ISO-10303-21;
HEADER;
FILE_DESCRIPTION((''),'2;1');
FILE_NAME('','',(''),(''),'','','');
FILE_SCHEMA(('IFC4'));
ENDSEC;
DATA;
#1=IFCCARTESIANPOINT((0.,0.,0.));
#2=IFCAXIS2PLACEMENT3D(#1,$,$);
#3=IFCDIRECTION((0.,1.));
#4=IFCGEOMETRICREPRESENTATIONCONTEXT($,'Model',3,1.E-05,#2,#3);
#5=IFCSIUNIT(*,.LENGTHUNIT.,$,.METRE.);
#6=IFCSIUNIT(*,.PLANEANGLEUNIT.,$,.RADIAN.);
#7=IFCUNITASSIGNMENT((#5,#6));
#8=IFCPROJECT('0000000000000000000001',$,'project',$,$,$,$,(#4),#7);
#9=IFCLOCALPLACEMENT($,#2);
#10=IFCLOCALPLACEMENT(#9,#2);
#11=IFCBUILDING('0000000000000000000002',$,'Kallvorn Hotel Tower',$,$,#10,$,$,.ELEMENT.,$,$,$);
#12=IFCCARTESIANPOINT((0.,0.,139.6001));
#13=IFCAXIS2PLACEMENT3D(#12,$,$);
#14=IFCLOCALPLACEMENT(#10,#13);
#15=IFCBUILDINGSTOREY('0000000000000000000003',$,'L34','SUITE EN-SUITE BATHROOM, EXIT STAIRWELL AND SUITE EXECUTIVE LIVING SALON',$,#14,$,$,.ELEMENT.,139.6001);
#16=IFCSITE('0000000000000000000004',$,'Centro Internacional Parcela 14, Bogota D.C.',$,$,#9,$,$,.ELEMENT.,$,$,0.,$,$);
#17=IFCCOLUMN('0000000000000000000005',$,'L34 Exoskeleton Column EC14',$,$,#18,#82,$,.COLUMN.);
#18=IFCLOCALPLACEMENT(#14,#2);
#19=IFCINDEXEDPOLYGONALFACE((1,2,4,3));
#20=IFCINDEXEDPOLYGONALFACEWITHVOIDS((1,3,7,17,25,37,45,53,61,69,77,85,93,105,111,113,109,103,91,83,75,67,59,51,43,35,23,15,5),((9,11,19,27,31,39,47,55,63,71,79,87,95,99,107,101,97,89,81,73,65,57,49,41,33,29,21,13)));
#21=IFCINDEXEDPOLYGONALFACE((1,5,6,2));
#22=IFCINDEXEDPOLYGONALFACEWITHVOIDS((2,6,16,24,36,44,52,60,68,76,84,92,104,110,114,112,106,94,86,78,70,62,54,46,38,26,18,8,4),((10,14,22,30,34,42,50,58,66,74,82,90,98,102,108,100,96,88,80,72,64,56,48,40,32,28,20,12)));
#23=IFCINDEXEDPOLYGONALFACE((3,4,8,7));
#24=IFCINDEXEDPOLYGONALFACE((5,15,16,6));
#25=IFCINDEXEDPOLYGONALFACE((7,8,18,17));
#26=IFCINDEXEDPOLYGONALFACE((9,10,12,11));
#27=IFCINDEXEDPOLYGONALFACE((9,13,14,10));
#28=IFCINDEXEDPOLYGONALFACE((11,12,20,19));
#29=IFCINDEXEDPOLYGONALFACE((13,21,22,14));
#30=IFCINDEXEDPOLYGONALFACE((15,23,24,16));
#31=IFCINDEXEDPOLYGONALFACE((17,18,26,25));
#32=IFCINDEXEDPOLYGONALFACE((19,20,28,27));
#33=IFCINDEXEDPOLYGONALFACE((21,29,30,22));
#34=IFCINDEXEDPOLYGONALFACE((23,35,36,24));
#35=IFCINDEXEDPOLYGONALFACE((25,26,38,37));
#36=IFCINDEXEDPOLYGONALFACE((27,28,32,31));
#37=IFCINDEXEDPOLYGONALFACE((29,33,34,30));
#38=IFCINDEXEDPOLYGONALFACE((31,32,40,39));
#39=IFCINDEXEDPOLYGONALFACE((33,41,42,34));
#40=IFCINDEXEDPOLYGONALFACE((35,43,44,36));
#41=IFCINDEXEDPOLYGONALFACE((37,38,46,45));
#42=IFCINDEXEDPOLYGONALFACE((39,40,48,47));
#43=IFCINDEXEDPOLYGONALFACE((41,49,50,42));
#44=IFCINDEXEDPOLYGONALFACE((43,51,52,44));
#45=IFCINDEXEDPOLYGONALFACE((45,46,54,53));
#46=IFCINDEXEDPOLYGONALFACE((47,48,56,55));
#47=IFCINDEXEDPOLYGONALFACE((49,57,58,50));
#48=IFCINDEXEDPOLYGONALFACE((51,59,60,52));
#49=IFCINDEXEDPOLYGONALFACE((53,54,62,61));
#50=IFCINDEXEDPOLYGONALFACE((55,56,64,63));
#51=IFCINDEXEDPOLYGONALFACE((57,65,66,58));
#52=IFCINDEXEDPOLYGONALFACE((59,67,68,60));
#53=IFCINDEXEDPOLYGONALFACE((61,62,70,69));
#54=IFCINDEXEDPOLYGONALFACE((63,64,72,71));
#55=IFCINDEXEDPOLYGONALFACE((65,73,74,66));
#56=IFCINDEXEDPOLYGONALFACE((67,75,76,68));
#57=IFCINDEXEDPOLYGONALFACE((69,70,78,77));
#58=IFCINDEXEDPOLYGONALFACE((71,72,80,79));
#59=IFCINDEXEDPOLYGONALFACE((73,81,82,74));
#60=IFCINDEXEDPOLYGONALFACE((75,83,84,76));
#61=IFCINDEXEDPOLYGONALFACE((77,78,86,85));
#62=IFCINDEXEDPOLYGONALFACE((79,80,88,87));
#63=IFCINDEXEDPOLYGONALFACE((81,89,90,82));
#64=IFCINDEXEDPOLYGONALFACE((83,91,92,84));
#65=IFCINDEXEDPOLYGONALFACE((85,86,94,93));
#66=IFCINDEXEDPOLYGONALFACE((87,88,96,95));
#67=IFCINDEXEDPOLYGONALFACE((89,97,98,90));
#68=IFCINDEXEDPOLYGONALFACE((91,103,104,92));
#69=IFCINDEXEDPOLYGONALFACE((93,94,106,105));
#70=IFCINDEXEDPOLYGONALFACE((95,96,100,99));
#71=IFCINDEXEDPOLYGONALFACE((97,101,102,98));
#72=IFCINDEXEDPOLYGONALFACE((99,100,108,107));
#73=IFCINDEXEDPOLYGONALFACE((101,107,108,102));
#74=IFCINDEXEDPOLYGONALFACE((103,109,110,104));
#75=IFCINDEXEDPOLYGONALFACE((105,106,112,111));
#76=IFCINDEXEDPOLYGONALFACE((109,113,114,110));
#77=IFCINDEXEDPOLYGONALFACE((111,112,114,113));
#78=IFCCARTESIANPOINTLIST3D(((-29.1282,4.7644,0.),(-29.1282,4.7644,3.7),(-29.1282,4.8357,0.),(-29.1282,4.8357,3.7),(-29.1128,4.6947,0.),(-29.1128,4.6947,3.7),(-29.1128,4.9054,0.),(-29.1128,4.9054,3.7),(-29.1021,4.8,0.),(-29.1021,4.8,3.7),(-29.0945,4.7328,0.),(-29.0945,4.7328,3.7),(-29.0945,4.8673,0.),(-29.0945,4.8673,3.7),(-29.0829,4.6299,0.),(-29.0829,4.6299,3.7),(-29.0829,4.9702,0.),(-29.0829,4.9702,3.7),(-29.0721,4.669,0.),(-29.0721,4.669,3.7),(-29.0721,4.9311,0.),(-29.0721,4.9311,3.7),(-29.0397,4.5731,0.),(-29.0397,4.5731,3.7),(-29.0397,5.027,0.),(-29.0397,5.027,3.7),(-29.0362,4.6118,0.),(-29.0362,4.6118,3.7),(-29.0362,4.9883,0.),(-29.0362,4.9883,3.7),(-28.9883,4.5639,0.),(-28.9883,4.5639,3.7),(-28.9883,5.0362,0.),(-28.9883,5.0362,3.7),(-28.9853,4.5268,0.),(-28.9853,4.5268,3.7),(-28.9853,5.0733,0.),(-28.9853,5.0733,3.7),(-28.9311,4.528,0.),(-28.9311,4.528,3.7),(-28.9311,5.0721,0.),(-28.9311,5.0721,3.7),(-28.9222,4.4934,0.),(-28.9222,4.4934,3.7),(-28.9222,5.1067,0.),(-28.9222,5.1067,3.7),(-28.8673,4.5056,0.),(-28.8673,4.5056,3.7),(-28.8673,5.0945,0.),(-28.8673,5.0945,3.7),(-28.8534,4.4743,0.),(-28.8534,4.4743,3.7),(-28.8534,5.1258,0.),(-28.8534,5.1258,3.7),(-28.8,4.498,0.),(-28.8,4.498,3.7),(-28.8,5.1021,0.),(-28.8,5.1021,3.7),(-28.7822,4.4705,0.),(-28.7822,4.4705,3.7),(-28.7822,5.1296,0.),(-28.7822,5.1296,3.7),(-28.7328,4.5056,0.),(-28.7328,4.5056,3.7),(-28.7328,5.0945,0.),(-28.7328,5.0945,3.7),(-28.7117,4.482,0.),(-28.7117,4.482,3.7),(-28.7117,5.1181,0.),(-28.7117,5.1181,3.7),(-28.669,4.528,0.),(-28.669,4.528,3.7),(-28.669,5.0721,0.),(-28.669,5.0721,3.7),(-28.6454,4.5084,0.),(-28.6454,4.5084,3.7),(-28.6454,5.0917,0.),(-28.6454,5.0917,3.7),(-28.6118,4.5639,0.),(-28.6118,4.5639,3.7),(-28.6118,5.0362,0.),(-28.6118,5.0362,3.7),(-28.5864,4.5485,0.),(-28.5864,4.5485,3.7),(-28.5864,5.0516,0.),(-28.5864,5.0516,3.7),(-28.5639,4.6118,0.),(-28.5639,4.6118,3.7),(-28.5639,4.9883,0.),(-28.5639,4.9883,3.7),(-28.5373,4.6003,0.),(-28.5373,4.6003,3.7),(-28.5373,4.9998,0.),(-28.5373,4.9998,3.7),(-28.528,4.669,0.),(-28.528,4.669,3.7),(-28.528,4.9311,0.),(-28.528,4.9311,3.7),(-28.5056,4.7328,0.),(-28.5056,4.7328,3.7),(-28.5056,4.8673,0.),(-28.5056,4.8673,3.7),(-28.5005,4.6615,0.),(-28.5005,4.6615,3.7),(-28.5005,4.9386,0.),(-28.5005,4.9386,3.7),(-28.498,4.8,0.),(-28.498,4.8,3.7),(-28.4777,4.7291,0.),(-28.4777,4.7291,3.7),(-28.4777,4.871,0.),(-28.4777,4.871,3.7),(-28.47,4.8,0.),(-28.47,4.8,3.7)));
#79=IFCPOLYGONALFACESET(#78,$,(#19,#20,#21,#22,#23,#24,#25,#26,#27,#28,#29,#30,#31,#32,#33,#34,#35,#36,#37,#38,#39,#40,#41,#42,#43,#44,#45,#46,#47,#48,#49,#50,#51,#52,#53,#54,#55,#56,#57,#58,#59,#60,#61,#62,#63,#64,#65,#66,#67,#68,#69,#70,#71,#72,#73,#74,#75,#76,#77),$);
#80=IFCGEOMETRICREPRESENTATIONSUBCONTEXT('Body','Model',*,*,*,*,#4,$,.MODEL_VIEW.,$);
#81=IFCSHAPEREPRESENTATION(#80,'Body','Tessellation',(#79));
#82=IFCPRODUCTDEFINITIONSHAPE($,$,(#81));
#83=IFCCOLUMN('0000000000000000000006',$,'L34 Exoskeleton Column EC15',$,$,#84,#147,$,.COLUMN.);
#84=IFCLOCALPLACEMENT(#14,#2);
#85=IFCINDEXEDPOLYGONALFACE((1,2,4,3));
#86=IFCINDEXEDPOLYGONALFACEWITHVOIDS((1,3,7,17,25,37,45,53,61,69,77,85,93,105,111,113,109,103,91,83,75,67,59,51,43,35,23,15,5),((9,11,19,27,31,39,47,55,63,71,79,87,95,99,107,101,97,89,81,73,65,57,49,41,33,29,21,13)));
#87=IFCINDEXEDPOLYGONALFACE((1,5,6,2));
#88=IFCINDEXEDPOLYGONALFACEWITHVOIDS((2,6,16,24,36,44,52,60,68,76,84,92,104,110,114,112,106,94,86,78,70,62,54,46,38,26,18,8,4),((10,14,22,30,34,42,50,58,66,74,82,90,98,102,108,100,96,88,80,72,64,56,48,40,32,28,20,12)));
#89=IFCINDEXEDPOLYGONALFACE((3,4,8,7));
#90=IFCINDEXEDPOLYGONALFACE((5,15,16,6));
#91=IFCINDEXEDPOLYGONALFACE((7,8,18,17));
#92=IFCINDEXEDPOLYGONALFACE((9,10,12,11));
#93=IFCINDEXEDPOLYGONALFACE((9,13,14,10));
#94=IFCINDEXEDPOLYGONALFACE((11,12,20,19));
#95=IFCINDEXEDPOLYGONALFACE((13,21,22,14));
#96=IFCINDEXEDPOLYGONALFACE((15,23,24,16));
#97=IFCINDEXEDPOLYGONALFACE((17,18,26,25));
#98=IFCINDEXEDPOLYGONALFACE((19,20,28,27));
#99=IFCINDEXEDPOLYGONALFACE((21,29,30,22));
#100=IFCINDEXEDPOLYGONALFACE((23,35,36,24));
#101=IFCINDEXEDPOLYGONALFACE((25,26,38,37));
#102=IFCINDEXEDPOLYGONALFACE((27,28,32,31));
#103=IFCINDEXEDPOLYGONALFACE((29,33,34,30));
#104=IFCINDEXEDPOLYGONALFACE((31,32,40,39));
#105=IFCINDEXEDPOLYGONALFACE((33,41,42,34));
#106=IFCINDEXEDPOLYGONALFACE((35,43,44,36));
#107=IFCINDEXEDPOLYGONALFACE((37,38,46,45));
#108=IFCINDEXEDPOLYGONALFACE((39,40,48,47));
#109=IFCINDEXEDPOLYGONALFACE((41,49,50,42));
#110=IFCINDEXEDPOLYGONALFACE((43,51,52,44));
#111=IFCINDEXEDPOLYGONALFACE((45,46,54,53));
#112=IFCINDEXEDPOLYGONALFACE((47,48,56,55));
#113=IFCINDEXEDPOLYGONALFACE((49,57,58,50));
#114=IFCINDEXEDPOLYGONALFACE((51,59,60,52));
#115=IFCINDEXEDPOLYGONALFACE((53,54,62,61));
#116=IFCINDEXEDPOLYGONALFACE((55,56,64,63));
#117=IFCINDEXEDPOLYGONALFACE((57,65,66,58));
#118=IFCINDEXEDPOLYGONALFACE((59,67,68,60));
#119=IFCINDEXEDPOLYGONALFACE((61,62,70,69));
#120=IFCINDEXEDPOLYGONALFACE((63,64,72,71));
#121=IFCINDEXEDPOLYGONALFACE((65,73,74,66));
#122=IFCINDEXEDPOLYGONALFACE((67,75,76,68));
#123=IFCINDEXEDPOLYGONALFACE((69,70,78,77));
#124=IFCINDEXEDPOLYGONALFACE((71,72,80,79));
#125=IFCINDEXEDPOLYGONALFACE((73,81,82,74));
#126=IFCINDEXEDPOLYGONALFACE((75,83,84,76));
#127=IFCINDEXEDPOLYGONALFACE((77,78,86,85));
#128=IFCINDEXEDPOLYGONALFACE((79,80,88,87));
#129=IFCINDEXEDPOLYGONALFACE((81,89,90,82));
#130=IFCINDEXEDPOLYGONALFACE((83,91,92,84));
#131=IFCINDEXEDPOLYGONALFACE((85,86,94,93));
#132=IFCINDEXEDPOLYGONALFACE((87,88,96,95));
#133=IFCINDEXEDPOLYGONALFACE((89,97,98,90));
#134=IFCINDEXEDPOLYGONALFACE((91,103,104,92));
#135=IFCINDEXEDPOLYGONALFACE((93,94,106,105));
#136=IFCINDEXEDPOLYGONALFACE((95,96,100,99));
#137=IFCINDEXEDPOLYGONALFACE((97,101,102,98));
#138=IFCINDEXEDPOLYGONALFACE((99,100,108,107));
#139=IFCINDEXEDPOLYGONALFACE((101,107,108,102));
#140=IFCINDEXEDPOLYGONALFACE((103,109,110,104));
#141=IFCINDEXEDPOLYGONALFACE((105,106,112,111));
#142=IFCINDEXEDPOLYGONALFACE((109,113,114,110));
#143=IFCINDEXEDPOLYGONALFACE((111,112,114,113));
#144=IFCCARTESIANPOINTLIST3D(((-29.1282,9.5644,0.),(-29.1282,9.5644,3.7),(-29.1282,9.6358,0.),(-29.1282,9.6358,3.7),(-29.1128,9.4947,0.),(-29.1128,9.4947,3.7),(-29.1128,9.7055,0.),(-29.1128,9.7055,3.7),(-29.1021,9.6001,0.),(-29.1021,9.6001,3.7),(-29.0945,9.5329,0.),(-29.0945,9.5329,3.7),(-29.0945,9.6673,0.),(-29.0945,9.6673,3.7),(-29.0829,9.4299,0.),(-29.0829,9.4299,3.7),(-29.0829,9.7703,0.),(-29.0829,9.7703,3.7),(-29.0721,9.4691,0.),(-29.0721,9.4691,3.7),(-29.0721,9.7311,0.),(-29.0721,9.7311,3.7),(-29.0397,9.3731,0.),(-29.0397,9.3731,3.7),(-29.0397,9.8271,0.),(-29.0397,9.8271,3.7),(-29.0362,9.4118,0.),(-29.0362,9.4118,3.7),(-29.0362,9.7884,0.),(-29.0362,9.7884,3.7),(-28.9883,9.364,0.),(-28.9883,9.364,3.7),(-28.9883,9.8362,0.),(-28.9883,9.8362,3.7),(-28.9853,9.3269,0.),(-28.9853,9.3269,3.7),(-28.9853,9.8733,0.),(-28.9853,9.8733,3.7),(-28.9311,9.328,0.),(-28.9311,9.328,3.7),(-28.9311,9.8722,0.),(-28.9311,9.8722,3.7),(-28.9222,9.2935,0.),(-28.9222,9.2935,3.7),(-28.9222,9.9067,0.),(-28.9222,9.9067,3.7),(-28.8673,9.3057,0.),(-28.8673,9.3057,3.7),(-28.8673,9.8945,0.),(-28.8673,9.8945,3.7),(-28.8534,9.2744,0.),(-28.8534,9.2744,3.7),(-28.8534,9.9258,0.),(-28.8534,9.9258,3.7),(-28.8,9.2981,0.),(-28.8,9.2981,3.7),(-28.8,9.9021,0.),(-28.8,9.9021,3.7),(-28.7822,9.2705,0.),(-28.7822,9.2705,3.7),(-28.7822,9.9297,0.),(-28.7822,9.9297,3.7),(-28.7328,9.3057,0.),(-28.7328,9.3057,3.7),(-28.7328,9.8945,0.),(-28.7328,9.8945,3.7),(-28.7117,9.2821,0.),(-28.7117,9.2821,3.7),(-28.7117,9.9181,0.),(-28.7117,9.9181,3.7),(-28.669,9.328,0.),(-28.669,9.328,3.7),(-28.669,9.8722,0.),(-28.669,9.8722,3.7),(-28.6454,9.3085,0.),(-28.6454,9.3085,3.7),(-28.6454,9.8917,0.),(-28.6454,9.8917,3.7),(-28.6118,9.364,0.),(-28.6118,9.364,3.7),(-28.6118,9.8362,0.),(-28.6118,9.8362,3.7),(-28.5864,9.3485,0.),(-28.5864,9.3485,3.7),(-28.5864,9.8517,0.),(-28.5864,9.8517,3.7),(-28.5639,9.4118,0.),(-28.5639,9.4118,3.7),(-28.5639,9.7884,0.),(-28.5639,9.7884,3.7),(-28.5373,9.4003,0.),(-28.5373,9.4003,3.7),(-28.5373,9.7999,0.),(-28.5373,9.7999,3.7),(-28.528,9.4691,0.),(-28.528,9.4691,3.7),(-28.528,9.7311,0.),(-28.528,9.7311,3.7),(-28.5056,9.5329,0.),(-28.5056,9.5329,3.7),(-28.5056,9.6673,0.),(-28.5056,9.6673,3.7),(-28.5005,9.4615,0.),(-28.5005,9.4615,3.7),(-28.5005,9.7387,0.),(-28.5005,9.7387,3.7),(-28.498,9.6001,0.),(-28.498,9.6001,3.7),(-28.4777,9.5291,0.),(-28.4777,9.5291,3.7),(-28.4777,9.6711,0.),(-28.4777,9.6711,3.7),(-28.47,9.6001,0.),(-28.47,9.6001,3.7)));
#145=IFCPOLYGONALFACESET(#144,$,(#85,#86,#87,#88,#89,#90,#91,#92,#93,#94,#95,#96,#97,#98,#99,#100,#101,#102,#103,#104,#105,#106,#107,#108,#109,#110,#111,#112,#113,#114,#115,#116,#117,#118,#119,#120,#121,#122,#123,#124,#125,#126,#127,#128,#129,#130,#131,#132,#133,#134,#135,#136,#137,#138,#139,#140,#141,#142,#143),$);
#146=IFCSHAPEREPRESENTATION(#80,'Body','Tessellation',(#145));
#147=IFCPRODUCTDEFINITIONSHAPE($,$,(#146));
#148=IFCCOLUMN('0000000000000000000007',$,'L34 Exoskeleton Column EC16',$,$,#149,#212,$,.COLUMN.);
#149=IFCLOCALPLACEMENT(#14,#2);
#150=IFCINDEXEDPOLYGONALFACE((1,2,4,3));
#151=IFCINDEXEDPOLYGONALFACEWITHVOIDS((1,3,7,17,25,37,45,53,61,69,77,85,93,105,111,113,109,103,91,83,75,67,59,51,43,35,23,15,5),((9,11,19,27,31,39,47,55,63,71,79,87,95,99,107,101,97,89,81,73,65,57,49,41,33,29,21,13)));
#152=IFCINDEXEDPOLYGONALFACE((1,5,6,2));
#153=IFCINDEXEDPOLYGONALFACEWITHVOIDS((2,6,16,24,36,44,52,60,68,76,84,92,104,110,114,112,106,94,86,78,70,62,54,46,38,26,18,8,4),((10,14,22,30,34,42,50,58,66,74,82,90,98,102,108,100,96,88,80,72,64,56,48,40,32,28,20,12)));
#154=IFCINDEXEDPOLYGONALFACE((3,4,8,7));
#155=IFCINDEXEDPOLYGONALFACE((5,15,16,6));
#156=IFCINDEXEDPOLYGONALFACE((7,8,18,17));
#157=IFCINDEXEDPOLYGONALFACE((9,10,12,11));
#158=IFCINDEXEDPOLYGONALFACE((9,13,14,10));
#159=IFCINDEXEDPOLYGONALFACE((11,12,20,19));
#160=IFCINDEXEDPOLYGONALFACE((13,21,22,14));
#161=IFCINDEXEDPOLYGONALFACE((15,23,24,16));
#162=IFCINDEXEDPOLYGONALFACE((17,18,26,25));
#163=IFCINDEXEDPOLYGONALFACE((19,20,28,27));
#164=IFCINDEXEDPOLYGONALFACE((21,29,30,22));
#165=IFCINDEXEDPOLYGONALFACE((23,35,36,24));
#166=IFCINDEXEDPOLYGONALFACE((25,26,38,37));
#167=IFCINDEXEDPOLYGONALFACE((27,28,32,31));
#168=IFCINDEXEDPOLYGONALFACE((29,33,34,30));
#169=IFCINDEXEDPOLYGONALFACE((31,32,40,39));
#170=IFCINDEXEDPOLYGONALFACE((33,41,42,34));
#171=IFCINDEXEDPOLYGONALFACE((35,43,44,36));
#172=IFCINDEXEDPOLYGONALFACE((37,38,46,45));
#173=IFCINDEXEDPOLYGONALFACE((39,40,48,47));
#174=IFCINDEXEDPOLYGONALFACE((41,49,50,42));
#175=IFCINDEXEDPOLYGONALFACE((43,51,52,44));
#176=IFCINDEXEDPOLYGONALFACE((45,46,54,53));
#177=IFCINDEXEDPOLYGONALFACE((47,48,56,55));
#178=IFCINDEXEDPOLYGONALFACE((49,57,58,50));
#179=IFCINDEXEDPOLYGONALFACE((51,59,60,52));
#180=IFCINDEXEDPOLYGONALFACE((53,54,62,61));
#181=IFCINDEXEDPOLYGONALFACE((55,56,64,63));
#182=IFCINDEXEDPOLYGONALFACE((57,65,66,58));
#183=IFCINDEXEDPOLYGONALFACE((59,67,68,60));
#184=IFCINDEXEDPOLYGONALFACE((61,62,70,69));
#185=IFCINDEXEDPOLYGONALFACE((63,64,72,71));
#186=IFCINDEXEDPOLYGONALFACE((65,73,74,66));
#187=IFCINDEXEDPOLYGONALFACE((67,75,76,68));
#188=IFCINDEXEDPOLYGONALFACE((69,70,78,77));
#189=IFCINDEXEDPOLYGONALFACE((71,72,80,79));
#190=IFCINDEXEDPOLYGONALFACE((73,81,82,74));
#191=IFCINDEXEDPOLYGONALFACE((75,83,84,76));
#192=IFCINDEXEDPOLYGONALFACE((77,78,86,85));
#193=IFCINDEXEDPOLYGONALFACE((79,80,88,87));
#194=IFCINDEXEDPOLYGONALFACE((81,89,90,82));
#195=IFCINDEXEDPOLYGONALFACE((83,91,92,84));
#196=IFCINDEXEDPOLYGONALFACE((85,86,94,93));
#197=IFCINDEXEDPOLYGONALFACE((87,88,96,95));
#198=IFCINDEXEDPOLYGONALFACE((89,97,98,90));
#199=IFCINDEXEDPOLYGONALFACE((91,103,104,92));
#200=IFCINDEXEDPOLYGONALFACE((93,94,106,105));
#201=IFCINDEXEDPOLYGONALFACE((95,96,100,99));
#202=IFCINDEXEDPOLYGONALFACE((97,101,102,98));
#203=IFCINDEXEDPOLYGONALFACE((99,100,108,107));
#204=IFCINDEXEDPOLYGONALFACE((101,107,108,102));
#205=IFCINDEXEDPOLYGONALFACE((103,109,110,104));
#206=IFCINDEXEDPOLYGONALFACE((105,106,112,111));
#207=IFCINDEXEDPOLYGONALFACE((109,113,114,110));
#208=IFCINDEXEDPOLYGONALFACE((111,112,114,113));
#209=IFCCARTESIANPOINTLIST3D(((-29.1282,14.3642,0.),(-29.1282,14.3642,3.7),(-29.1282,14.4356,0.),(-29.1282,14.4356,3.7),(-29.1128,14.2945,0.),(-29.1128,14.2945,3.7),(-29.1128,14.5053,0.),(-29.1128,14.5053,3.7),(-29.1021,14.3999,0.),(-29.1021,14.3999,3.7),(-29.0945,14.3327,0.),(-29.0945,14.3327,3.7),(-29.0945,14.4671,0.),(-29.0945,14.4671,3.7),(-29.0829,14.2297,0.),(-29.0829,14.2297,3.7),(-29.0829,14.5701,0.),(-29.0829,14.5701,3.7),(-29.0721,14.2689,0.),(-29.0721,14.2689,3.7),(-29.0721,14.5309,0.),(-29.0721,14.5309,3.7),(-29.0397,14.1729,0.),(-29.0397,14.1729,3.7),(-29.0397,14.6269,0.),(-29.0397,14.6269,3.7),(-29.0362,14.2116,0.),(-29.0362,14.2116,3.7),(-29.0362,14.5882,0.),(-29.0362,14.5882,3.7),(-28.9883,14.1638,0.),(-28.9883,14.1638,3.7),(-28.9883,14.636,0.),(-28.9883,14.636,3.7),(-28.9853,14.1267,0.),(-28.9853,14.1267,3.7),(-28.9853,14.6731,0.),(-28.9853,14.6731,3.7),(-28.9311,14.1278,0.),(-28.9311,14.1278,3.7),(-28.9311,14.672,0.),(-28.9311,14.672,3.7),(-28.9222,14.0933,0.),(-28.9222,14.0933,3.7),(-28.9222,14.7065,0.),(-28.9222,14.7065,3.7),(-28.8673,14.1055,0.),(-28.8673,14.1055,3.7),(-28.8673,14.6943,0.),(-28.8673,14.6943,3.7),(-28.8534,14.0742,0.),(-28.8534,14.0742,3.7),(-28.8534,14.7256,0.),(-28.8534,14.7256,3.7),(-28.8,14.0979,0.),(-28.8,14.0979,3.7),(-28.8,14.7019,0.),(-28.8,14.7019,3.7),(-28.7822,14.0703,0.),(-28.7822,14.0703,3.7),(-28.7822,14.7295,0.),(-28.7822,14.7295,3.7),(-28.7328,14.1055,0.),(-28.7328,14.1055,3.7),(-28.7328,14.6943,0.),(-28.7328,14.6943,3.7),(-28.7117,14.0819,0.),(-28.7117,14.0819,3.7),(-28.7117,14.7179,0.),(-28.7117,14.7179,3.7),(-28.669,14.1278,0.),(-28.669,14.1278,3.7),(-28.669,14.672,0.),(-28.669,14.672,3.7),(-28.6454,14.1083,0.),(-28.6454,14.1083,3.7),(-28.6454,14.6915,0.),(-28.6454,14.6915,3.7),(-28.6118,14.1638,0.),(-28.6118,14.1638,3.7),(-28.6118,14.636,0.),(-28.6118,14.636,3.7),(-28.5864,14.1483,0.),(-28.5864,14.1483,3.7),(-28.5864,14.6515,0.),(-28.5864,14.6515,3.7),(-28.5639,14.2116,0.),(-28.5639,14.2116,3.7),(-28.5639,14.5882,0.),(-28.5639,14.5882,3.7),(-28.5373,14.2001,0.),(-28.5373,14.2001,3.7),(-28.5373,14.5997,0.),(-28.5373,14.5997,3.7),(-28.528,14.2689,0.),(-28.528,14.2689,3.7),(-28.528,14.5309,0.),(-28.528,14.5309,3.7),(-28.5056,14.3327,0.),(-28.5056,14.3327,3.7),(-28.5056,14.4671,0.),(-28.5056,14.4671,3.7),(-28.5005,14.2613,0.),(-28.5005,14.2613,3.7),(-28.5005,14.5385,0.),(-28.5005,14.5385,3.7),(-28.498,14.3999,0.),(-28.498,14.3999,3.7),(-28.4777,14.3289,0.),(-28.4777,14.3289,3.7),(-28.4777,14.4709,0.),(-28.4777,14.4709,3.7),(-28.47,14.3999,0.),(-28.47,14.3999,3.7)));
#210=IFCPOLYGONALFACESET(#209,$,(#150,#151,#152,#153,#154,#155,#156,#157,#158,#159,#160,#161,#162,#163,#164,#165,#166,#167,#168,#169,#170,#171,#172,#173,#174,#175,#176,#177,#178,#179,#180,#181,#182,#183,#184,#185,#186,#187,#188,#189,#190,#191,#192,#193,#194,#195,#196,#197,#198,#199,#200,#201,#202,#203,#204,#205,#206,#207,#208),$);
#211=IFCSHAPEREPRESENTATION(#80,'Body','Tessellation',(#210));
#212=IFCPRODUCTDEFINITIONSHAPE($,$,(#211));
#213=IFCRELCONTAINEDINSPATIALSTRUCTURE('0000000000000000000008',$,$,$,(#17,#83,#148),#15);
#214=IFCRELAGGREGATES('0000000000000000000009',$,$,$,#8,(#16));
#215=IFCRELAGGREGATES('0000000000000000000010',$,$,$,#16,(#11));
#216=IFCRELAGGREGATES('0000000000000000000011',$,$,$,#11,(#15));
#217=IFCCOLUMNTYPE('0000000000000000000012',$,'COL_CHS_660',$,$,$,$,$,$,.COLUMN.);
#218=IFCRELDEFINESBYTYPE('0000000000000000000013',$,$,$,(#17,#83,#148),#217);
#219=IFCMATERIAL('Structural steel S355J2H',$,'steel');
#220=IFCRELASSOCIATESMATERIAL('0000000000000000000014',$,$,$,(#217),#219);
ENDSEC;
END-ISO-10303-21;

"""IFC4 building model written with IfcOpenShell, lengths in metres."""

from ifc_helpers import new_model, si_unit, direction, frame, origin, origin_2d, place, context, subcontext, project, spatial, hollow_circle, extrude, material, material_profile, profile_set, type_object, element, save


model = new_model("IFC4")

# Units and contexts
model_context = context("Model", 3, precision=1e-05, world=origin(), true_north=direction((0.0, 1.0)))
body_context = subcontext(model_context, "Body", "Model", "MODEL_VIEW")
ifc_project = project(units=[si_unit("LENGTHUNIT", "METRE"), si_unit("PLANEANGLEUNIT", "RADIAN")], contexts=[model_context])

# Site, building, storey
site_placement = place(None, origin())
site = spatial("IfcSite", under=ifc_project, at=site_placement, Name="Centro Internacional Parcela 14, Bogota D.C.", CompositionType="ELEMENT", RefElevation=0.0)
building_placement = place(site_placement, origin())
building = spatial("IfcBuilding", under=site, at=building_placement, Name="Kallvorn Hotel Tower", CompositionType="ELEMENT")
storey_placement = place(building_placement, frame((0.0, 0.0, 139.6001)))
storey = spatial("IfcBuildingStorey", under=building, at=storey_placement, Name="L34", Description="SUITE EN-SUITE BATHROOM, EXIT STAIRWELL AND SUITE EXECUTIVE LIVING SALON", CompositionType="ELEMENT", Elevation=139.6001)

# Columns
ifc_material_1 = material(Name="Structural steel S355J2H", Category="steel")
ifc_material_profile_1 = material_profile(ifc_material_1, hollow_circle(Radius=0.3301, WallThickness=0.0281, at=origin_2d()), Name="CHS 660x28")
ifc_profile_set_1 = profile_set([ifc_material_profile_1], Name="Structural steel S355J2H")
column_type_1 = type_object("IfcColumnType", Name="COL_CHS_660", PredefinedType="COLUMN", material=ifc_profile_set_1)
for number, where, z_axis, x_axis, name in (
    (1, (-28.8, 4.8, 0.0), (0.0, 0.0, 1.0), (1.0, 0.0, 0.0), "L34 Exoskeleton Column EC14"),
    (2, (-28.8, 9.6001, 0.0), (0.0, 0.0, 1.0), (1.0, 0.0, 0.0), "L34 Exoskeleton Column EC15"),
    (3, (-28.8, 14.3999, 0.0), (0.0, 0.0, 1.0), (1.0, 0.0, 0.0), "L34 Exoskeleton Column EC16"),
):
    element("IfcColumn", number, at=place(storey_placement, frame(where, z_axis=z_axis, x_axis=x_axis)), inside=storey, type_object=column_type_1, Name=name, PredefinedType="COLUMN", context=body_context, shape_type="SweptSolid", body=[
        extrude(hollow_circle(Radius=0.3301, WallThickness=0.0281, at=origin_2d()), origin(), (0.0, 0.0, 1.0), 3.7),
    ])

save(model, "model.ifc")
